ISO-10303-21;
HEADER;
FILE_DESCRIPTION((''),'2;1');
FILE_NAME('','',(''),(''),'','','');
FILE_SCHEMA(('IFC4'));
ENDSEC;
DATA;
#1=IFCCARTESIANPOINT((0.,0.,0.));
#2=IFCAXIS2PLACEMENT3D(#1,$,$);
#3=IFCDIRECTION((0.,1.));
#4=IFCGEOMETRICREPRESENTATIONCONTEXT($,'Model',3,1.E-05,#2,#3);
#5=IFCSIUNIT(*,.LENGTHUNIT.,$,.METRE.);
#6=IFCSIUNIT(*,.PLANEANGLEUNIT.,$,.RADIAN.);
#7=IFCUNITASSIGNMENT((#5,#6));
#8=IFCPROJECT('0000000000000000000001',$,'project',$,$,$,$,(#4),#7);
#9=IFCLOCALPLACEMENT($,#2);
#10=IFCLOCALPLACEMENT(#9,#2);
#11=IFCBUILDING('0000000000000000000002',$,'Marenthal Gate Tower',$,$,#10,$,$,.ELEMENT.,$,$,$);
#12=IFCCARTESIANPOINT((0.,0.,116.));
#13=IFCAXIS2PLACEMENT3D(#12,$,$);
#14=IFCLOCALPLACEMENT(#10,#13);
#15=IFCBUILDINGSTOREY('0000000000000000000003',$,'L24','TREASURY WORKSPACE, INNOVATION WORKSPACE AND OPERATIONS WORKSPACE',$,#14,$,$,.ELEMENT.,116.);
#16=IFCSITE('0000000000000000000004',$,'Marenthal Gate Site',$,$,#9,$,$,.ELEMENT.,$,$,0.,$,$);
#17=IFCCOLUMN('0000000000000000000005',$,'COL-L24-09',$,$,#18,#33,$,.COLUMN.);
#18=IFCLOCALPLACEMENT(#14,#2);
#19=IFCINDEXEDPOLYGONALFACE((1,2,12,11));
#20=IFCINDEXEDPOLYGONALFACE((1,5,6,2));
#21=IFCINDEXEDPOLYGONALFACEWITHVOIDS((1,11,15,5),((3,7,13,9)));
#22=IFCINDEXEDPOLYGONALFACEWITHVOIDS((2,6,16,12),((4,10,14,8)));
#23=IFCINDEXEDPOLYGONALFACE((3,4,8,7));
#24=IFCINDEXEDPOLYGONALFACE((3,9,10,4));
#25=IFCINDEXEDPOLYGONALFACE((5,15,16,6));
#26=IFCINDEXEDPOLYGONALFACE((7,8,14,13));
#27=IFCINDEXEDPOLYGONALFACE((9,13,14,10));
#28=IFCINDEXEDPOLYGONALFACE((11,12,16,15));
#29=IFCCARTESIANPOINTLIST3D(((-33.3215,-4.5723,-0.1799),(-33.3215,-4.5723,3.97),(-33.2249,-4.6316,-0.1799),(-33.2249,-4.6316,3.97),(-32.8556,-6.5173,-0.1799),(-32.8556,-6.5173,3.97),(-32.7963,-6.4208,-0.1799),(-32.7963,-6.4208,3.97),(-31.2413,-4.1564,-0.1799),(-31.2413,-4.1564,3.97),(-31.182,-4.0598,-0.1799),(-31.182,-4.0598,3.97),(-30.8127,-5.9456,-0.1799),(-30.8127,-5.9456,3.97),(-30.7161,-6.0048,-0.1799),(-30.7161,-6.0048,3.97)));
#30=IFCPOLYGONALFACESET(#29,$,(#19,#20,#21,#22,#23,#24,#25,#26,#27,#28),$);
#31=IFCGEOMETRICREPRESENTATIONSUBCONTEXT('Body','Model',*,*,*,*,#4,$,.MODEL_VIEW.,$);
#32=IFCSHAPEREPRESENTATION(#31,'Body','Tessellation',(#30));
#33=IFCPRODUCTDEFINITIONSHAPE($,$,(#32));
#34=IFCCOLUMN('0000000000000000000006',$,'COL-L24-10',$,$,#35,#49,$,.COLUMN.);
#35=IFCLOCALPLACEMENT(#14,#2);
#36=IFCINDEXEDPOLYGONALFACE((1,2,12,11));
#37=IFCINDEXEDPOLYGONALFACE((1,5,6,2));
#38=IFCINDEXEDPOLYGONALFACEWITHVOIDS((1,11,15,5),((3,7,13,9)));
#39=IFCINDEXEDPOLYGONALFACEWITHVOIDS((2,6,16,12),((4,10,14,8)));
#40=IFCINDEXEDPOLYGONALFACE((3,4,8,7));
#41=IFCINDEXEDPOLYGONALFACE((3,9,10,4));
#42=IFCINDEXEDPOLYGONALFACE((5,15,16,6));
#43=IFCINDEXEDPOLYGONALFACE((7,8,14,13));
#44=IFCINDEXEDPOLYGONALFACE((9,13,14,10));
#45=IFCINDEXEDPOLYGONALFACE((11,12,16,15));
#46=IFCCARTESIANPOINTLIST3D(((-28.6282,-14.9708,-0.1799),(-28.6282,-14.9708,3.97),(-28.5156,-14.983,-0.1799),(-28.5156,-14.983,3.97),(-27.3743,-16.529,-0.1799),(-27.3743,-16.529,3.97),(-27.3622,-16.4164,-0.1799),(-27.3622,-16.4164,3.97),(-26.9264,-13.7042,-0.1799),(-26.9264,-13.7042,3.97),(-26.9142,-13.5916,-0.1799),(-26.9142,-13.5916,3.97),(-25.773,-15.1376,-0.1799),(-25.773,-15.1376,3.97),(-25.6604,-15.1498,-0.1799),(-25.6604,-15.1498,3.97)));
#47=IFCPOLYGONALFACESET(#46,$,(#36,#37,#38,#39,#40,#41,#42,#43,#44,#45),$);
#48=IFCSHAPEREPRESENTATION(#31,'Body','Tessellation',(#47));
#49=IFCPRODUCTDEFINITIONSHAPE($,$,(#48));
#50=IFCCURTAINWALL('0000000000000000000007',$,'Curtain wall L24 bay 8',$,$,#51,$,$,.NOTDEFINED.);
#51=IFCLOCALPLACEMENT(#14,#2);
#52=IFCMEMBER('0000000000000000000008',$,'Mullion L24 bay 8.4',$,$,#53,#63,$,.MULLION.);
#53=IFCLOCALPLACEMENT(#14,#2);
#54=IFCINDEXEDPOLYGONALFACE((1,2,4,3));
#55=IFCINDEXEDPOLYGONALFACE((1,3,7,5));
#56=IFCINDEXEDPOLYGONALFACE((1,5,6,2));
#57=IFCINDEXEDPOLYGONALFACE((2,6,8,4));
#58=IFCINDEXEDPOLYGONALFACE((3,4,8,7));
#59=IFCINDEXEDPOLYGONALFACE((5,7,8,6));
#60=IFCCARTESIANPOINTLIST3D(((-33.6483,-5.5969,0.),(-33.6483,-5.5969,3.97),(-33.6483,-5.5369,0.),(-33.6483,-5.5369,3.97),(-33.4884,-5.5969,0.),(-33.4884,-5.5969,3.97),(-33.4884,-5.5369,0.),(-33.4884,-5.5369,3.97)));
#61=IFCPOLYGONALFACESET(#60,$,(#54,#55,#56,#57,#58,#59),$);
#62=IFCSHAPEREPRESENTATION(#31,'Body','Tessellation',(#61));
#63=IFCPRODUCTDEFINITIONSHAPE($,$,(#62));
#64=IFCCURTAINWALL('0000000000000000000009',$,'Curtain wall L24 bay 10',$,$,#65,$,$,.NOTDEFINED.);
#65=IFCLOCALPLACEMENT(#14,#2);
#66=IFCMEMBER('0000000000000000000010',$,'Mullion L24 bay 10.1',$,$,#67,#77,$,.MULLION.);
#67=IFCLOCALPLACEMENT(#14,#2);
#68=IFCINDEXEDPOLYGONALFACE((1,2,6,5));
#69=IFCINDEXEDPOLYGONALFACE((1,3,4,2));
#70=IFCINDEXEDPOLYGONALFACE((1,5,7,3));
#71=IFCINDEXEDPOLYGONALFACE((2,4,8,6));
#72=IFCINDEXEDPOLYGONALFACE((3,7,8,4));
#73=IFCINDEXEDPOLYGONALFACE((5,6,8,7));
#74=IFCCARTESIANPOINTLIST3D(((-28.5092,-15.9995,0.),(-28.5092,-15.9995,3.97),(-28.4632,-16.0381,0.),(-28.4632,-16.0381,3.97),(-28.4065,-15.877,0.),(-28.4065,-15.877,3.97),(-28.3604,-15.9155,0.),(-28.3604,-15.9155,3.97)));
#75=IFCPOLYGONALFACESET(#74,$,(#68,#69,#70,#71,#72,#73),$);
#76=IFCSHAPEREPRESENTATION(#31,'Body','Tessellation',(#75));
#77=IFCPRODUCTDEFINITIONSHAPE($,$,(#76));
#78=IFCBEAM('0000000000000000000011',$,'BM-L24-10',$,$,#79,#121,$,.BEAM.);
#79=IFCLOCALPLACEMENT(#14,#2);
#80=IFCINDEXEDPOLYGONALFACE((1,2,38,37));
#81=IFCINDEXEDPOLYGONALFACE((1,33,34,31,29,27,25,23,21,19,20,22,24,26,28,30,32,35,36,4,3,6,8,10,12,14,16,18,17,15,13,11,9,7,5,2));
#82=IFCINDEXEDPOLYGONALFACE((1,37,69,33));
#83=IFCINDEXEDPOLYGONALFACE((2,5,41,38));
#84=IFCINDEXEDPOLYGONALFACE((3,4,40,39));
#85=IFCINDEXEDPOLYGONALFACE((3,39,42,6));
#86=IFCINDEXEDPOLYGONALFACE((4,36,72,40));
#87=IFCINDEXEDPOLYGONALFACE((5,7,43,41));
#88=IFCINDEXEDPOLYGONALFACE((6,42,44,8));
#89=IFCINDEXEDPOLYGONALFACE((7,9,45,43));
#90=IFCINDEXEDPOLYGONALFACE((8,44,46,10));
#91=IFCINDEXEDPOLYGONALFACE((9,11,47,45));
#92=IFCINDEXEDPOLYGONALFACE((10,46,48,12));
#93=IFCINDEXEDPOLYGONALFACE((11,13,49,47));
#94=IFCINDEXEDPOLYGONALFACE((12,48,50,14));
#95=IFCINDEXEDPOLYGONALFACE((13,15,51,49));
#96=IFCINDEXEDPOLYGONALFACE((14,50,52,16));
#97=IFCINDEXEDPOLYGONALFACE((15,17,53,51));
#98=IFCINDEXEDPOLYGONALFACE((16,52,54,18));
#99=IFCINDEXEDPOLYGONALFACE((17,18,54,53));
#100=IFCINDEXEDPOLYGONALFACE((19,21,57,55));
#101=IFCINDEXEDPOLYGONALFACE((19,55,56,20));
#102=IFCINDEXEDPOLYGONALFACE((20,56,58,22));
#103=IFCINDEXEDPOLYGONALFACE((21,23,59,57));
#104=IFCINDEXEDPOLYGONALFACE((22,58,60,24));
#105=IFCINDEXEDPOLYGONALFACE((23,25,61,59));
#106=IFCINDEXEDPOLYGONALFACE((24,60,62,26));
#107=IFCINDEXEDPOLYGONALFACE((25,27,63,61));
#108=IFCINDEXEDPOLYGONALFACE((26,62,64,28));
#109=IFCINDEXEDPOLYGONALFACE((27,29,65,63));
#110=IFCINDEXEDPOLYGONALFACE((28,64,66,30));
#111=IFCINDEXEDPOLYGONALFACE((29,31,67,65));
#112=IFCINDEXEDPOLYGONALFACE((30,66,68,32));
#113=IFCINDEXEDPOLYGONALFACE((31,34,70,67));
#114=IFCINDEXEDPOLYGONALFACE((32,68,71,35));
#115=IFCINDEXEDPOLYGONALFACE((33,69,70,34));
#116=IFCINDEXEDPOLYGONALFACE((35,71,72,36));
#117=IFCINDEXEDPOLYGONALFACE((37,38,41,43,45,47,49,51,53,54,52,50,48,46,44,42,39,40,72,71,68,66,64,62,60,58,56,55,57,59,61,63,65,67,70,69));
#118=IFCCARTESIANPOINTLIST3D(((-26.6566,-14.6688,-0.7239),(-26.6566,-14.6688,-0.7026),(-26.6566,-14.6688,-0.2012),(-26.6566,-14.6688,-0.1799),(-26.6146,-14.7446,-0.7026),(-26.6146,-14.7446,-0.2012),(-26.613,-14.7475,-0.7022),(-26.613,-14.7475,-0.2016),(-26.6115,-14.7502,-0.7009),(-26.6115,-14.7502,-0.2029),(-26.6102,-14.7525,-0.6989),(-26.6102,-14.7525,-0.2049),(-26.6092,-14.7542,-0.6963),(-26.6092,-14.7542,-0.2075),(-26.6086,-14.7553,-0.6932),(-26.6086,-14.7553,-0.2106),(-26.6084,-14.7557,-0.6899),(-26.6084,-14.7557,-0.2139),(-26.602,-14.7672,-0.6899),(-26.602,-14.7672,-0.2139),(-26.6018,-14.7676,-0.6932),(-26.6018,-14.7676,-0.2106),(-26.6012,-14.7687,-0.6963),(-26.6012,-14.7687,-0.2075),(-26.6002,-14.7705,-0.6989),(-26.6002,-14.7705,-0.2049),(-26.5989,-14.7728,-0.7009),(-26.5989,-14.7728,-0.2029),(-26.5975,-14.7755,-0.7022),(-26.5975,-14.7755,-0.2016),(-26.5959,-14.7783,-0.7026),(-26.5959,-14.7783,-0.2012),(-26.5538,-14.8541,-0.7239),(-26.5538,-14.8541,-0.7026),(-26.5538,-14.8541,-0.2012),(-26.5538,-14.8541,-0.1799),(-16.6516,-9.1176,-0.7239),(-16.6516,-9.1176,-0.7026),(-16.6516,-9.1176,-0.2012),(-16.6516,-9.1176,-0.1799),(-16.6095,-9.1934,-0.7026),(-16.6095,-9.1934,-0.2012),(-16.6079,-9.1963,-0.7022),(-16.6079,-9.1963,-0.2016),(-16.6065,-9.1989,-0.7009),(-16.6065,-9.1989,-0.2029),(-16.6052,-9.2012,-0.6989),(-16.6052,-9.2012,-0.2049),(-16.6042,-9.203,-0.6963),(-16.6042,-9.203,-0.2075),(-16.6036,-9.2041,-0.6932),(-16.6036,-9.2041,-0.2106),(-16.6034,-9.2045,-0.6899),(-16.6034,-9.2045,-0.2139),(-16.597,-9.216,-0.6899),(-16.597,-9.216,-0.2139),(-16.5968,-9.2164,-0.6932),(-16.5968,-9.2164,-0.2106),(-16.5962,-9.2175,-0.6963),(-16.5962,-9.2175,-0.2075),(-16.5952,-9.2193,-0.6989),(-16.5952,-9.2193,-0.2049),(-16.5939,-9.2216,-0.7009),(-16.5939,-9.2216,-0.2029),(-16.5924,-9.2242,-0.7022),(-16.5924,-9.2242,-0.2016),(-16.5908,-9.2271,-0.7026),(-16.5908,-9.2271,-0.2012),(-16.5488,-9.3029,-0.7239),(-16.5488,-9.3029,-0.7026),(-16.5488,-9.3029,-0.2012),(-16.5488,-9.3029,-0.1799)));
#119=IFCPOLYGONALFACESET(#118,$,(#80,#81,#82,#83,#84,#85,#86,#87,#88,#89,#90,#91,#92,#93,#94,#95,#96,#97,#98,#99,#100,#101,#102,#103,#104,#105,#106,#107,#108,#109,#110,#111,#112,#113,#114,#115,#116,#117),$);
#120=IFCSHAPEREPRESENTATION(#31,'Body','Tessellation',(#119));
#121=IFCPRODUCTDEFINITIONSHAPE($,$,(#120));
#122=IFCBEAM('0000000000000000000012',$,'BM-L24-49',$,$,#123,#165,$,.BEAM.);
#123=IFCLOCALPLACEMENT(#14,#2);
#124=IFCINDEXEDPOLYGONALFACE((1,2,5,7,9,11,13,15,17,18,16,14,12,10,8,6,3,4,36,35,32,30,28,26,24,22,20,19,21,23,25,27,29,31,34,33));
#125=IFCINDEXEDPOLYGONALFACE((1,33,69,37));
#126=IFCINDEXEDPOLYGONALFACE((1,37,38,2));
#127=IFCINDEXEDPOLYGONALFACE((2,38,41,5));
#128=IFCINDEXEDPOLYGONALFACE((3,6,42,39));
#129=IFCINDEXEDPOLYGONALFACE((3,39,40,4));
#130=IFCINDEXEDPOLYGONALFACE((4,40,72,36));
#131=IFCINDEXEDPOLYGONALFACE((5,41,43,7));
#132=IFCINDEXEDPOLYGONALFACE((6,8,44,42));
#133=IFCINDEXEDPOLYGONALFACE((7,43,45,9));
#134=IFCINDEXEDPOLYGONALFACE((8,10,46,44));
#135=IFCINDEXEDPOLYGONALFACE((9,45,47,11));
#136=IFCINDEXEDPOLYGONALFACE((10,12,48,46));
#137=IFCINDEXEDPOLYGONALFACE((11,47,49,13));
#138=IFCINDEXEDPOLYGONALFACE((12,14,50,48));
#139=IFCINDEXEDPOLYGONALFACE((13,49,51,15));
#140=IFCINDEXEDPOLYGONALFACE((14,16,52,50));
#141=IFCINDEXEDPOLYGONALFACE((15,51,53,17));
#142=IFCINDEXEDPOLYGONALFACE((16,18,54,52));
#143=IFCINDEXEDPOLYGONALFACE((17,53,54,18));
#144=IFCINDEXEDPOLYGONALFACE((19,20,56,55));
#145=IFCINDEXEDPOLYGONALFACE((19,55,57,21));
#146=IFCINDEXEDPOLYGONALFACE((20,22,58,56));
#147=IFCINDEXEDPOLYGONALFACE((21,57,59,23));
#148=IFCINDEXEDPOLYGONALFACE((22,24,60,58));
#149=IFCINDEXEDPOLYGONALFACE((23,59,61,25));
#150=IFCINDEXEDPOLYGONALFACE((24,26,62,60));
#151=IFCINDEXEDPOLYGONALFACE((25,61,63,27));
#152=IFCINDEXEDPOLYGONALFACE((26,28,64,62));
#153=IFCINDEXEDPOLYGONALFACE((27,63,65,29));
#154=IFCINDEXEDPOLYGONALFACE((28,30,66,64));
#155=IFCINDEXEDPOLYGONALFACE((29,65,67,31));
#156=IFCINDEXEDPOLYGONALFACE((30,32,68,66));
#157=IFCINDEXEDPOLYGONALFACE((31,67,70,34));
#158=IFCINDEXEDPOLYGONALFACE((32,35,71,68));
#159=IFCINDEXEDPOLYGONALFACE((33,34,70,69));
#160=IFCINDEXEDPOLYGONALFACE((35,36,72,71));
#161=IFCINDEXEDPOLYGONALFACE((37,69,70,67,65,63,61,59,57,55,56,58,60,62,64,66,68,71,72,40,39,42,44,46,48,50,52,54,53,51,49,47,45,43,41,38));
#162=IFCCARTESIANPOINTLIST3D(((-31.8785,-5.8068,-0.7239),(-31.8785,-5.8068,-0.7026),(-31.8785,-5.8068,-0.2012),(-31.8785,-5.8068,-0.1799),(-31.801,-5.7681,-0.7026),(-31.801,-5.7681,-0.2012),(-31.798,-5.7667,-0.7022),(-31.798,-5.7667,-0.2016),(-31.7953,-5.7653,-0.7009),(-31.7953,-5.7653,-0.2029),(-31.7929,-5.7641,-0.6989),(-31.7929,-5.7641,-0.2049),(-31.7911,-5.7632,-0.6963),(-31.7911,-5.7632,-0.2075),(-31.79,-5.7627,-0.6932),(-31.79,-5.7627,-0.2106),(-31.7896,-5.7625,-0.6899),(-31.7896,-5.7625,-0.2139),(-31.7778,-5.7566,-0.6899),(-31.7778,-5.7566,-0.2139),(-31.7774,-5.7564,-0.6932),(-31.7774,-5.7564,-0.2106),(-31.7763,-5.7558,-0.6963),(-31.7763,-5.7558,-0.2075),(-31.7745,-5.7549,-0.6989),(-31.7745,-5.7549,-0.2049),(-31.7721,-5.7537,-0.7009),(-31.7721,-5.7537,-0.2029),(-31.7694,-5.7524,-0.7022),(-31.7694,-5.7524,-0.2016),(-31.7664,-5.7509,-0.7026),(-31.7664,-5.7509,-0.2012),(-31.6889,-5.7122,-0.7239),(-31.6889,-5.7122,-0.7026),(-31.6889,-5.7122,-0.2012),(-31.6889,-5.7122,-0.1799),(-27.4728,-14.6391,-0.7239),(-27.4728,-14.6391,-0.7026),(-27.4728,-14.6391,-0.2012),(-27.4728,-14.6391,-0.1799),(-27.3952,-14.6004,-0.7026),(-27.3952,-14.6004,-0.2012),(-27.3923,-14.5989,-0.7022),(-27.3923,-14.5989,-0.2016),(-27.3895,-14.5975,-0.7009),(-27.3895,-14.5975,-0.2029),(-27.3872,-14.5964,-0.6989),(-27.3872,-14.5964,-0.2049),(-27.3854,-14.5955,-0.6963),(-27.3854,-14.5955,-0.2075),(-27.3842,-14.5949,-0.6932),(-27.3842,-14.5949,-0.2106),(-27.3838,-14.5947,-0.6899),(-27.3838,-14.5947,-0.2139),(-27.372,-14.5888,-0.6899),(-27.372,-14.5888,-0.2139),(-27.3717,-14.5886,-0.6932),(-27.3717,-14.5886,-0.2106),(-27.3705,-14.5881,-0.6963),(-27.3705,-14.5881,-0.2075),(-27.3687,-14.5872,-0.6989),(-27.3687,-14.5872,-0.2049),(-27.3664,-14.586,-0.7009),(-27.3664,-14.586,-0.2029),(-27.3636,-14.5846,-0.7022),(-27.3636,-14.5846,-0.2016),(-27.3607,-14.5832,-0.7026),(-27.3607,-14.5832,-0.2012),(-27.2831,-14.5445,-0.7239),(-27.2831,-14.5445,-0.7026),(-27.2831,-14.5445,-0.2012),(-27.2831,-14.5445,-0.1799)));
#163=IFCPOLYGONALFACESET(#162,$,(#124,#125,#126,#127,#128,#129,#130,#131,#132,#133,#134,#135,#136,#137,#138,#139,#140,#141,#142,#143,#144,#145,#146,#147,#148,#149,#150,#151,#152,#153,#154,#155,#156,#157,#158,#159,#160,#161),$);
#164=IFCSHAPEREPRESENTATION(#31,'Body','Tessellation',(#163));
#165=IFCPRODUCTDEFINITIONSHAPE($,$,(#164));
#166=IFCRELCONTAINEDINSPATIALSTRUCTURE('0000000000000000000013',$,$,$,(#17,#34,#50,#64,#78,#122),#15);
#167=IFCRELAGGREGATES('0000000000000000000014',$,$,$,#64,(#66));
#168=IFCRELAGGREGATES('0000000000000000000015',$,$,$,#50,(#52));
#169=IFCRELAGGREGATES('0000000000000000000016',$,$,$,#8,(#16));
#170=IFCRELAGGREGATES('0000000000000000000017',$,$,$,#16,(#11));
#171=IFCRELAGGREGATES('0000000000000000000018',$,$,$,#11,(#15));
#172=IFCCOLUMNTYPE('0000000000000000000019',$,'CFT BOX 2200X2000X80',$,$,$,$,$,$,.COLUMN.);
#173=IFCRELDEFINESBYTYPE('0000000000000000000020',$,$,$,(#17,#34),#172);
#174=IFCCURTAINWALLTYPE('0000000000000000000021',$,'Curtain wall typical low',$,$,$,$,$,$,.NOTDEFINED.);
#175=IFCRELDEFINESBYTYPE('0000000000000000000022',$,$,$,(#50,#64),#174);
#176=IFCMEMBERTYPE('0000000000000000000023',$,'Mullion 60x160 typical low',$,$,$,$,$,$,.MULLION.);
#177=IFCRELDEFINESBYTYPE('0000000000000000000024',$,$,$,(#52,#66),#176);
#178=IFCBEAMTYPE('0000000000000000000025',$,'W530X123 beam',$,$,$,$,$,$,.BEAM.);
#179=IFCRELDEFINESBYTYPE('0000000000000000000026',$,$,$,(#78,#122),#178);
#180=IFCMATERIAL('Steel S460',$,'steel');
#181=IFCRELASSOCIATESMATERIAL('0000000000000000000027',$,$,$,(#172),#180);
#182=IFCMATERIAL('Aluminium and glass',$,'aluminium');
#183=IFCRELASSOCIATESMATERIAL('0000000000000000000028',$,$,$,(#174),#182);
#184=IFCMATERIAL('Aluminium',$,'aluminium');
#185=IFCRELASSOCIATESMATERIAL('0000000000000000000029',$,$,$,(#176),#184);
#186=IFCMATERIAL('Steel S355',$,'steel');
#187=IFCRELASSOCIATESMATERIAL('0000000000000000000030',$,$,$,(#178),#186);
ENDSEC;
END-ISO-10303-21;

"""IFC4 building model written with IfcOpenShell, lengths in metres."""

from ifc_helpers import new_model, si_unit, direction, frame, origin, origin_2d, place, context, subcontext, project, spatial, rectangle, hollow_rectangle, i_section, extrude, material, material_profile, profile_set, type_object, element, aggregate, save


model = new_model("IFC4")

# Units and contexts
model_context = context("Model", 3, precision=1e-05, world=origin(), true_north=direction((0.0, 1.0)))
body_context = subcontext(model_context, "Body", "Model", "MODEL_VIEW")
ifc_project = project(units=[si_unit("LENGTHUNIT", "METRE"), si_unit("PLANEANGLEUNIT", "RADIAN")], contexts=[model_context])

# Site, building, storey
site_placement = place(None, origin())
site = spatial("IfcSite", under=ifc_project, at=site_placement, Name="Marenthal Gate Site", CompositionType="ELEMENT", RefElevation=0.0)
building_placement = place(site_placement, origin())
building = spatial("IfcBuilding", under=site, at=building_placement, Name="Marenthal Gate Tower", CompositionType="ELEMENT")
storey_placement = place(building_placement, frame((0.0, 0.0, 116.0)))
storey = spatial("IfcBuildingStorey", under=building, at=storey_placement, Name="L24", Description="TREASURY WORKSPACE, INNOVATION WORKSPACE AND OPERATIONS WORKSPACE", CompositionType="ELEMENT", Elevation=116.0)

# Columns
ifc_material_1 = material(Name="Steel S460", Category="steel")
ifc_material_profile_1 = material_profile(ifc_material_1, hollow_rectangle(XDim=2.0, YDim=2.2, WallThickness=0.0801, at=origin_2d()), Name="CFT BOX 2200X2000X80")
ifc_material_2 = material(Name="Concrete 70 MPa", Category="concrete")
ifc_material_profile_2 = material_profile(ifc_material_2, rectangle(XDim=1.8401, YDim=2.04, at=origin_2d()), Name="CFT BOX 2200X2000X80 INFILL")
ifc_profile_set_1 = profile_set([ifc_material_profile_1, ifc_material_profile_2], Name="Steel S460 shell, Concrete 70 MPa infill")
column_type = type_object("IfcColumnType", Name="CFT BOX 2200X2000X80", PredefinedType="COLUMN", material=ifc_profile_set_1)
for number, where, z_axis, x_axis, name in (
    (1, (-32.0188, -5.2886, -0.1799), (0.0, 0.0, 1.0), (-0.232958, 0.972487, 0.0), "COL-L24-09"),
    (2, (-27.1443, -15.0603, -0.1799), (0.0, 0.0, 1.0), (-0.626918, 0.779085, 0.0), "COL-L24-10"),
):
    element("IfcColumn", number, at=place(storey_placement, frame(where, z_axis=z_axis, x_axis=x_axis)), inside=storey, type_object=column_type, Name=name, PredefinedType="COLUMN", context=body_context, shape_type="SweptSolid", body=[
        extrude(hollow_rectangle(XDim=2.0, YDim=2.2, WallThickness=0.0801, at=origin_2d()), origin(), (0.0, 0.0, 1.0), 4.1499),
    ])

# Curtain walls, members
ifc_material_3 = material(Name="Aluminium and glass", Category="aluminium")
curtain_wall_type = type_object("IfcCurtainWallType", Name="Curtain wall typical low", PredefinedType="NOTDEFINED", material=ifc_material_3)
curtain_wall_1_placement = place(storey_placement, origin())
curtain_wall_1 = element("IfcCurtainWall", 3, at=curtain_wall_1_placement, inside=storey, type_object=curtain_wall_type, Name="Curtain wall L24 bay 8", PredefinedType="NOTDEFINED")
ifc_material_4 = material(Name="Aluminium", Category="aluminium")
ifc_material_profile_3 = material_profile(ifc_material_4, rectangle(XDim=0.1599, YDim=0.0601, at=origin_2d()), Name="60x160 aluminium mullion")
ifc_profile_set_2 = profile_set([ifc_material_profile_3], Name="Aluminium")
member_type = type_object("IfcMemberType", Name="Mullion 60x160 typical low", PredefinedType="MULLION", material=ifc_profile_set_2)
member_1_placement = place(storey_placement, frame((-33.5684, -5.5669, 0.0), z_axis=(0.0, 0.0, 1.0), x_axis=(1.0, 0.0, 0.0)))
member_1 = element("IfcMember", 4, at=member_1_placement, type_object=member_type, Name="Mullion L24 bay 8.4", PredefinedType="MULLION", context=body_context, shape_type="SweptSolid", body=[
    extrude(rectangle(XDim=0.1599, YDim=0.0601, at=origin_2d()), origin(), (0.0, 0.0, 1.0), 3.97),
])
curtain_wall_2_placement = place(storey_placement, origin())
curtain_wall_2 = element("IfcCurtainWall", 5, at=curtain_wall_2_placement, inside=storey, type_object=curtain_wall_type, Name="Curtain wall L24 bay 10", PredefinedType="NOTDEFINED")
member_2_placement = place(storey_placement, frame((-28.4348, -15.9575, 0.0), z_axis=(0.0, 0.0, 1.0), x_axis=(0.642377, 0.766389, 0.0)))
member_2 = element("IfcMember", 6, at=member_2_placement, type_object=member_type, Name="Mullion L24 bay 10.1", PredefinedType="MULLION", context=body_context, shape_type="SweptSolid", body=[
    extrude(rectangle(XDim=0.1599, YDim=0.0601, at=origin_2d()), origin(), (0.0, 0.0, 1.0), 3.97),
])
aggregate(curtain_wall_2, [member_2])

# Beams
ifc_material_5 = material(Name="Steel S355", Category="steel")
ifc_material_profile_4 = material_profile(ifc_material_5, i_section(OverallWidth=0.2119, OverallDepth=0.5439, WebThickness=0.0132, FlangeThickness=0.0212, FilletRadius=0.0127, at=origin_2d()), Name="W530X123")
ifc_profile_set_3 = profile_set([ifc_material_profile_4], Name="Steel S355")
beam_type_1 = type_object("IfcBeamType", Name="W530X123 beam", PredefinedType="BEAM", material=ifc_profile_set_3)
beam_1_placement = place(storey_placement, frame((-26.6052, -14.7615, -0.4519), z_axis=(0.874422, 0.485166, 0.0), x_axis=(-0.485166, 0.874422, 0.0)))
element("IfcBeam", 7, at=beam_1_placement, inside=storey, type_object=beam_type_1, Name="BM-L24-10", PredefinedType="BEAM", context=body_context, shape_type="SweptSolid", body=[
    extrude(i_section(OverallWidth=0.2119, OverallDepth=0.5439, WebThickness=0.0132, FlangeThickness=0.0212, FilletRadius=0.0127, at=origin_2d()), origin(), (0.0, 0.0, 1.0), 11.4419),
])
beam_2_placement = place(storey_placement, frame((-31.7837, -5.7595, -0.4519), z_axis=(0.446372, -0.894847, 0.0), x_axis=(0.894847, 0.446372, 0.0)))
element("IfcBeam", 8, at=beam_2_placement, inside=storey, type_object=beam_type_1, Name="BM-L24-49", PredefinedType="BEAM", context=body_context, shape_type="SweptSolid", body=[
    extrude(i_section(OverallWidth=0.2119, OverallDepth=0.5439, WebThickness=0.0132, FlangeThickness=0.0212, FilletRadius=0.0127, at=origin_2d()), origin(), (0.0, 0.0, 1.0), 9.8701),
])

aggregate(curtain_wall_1, [member_1])

save(model, "model.ifc")
